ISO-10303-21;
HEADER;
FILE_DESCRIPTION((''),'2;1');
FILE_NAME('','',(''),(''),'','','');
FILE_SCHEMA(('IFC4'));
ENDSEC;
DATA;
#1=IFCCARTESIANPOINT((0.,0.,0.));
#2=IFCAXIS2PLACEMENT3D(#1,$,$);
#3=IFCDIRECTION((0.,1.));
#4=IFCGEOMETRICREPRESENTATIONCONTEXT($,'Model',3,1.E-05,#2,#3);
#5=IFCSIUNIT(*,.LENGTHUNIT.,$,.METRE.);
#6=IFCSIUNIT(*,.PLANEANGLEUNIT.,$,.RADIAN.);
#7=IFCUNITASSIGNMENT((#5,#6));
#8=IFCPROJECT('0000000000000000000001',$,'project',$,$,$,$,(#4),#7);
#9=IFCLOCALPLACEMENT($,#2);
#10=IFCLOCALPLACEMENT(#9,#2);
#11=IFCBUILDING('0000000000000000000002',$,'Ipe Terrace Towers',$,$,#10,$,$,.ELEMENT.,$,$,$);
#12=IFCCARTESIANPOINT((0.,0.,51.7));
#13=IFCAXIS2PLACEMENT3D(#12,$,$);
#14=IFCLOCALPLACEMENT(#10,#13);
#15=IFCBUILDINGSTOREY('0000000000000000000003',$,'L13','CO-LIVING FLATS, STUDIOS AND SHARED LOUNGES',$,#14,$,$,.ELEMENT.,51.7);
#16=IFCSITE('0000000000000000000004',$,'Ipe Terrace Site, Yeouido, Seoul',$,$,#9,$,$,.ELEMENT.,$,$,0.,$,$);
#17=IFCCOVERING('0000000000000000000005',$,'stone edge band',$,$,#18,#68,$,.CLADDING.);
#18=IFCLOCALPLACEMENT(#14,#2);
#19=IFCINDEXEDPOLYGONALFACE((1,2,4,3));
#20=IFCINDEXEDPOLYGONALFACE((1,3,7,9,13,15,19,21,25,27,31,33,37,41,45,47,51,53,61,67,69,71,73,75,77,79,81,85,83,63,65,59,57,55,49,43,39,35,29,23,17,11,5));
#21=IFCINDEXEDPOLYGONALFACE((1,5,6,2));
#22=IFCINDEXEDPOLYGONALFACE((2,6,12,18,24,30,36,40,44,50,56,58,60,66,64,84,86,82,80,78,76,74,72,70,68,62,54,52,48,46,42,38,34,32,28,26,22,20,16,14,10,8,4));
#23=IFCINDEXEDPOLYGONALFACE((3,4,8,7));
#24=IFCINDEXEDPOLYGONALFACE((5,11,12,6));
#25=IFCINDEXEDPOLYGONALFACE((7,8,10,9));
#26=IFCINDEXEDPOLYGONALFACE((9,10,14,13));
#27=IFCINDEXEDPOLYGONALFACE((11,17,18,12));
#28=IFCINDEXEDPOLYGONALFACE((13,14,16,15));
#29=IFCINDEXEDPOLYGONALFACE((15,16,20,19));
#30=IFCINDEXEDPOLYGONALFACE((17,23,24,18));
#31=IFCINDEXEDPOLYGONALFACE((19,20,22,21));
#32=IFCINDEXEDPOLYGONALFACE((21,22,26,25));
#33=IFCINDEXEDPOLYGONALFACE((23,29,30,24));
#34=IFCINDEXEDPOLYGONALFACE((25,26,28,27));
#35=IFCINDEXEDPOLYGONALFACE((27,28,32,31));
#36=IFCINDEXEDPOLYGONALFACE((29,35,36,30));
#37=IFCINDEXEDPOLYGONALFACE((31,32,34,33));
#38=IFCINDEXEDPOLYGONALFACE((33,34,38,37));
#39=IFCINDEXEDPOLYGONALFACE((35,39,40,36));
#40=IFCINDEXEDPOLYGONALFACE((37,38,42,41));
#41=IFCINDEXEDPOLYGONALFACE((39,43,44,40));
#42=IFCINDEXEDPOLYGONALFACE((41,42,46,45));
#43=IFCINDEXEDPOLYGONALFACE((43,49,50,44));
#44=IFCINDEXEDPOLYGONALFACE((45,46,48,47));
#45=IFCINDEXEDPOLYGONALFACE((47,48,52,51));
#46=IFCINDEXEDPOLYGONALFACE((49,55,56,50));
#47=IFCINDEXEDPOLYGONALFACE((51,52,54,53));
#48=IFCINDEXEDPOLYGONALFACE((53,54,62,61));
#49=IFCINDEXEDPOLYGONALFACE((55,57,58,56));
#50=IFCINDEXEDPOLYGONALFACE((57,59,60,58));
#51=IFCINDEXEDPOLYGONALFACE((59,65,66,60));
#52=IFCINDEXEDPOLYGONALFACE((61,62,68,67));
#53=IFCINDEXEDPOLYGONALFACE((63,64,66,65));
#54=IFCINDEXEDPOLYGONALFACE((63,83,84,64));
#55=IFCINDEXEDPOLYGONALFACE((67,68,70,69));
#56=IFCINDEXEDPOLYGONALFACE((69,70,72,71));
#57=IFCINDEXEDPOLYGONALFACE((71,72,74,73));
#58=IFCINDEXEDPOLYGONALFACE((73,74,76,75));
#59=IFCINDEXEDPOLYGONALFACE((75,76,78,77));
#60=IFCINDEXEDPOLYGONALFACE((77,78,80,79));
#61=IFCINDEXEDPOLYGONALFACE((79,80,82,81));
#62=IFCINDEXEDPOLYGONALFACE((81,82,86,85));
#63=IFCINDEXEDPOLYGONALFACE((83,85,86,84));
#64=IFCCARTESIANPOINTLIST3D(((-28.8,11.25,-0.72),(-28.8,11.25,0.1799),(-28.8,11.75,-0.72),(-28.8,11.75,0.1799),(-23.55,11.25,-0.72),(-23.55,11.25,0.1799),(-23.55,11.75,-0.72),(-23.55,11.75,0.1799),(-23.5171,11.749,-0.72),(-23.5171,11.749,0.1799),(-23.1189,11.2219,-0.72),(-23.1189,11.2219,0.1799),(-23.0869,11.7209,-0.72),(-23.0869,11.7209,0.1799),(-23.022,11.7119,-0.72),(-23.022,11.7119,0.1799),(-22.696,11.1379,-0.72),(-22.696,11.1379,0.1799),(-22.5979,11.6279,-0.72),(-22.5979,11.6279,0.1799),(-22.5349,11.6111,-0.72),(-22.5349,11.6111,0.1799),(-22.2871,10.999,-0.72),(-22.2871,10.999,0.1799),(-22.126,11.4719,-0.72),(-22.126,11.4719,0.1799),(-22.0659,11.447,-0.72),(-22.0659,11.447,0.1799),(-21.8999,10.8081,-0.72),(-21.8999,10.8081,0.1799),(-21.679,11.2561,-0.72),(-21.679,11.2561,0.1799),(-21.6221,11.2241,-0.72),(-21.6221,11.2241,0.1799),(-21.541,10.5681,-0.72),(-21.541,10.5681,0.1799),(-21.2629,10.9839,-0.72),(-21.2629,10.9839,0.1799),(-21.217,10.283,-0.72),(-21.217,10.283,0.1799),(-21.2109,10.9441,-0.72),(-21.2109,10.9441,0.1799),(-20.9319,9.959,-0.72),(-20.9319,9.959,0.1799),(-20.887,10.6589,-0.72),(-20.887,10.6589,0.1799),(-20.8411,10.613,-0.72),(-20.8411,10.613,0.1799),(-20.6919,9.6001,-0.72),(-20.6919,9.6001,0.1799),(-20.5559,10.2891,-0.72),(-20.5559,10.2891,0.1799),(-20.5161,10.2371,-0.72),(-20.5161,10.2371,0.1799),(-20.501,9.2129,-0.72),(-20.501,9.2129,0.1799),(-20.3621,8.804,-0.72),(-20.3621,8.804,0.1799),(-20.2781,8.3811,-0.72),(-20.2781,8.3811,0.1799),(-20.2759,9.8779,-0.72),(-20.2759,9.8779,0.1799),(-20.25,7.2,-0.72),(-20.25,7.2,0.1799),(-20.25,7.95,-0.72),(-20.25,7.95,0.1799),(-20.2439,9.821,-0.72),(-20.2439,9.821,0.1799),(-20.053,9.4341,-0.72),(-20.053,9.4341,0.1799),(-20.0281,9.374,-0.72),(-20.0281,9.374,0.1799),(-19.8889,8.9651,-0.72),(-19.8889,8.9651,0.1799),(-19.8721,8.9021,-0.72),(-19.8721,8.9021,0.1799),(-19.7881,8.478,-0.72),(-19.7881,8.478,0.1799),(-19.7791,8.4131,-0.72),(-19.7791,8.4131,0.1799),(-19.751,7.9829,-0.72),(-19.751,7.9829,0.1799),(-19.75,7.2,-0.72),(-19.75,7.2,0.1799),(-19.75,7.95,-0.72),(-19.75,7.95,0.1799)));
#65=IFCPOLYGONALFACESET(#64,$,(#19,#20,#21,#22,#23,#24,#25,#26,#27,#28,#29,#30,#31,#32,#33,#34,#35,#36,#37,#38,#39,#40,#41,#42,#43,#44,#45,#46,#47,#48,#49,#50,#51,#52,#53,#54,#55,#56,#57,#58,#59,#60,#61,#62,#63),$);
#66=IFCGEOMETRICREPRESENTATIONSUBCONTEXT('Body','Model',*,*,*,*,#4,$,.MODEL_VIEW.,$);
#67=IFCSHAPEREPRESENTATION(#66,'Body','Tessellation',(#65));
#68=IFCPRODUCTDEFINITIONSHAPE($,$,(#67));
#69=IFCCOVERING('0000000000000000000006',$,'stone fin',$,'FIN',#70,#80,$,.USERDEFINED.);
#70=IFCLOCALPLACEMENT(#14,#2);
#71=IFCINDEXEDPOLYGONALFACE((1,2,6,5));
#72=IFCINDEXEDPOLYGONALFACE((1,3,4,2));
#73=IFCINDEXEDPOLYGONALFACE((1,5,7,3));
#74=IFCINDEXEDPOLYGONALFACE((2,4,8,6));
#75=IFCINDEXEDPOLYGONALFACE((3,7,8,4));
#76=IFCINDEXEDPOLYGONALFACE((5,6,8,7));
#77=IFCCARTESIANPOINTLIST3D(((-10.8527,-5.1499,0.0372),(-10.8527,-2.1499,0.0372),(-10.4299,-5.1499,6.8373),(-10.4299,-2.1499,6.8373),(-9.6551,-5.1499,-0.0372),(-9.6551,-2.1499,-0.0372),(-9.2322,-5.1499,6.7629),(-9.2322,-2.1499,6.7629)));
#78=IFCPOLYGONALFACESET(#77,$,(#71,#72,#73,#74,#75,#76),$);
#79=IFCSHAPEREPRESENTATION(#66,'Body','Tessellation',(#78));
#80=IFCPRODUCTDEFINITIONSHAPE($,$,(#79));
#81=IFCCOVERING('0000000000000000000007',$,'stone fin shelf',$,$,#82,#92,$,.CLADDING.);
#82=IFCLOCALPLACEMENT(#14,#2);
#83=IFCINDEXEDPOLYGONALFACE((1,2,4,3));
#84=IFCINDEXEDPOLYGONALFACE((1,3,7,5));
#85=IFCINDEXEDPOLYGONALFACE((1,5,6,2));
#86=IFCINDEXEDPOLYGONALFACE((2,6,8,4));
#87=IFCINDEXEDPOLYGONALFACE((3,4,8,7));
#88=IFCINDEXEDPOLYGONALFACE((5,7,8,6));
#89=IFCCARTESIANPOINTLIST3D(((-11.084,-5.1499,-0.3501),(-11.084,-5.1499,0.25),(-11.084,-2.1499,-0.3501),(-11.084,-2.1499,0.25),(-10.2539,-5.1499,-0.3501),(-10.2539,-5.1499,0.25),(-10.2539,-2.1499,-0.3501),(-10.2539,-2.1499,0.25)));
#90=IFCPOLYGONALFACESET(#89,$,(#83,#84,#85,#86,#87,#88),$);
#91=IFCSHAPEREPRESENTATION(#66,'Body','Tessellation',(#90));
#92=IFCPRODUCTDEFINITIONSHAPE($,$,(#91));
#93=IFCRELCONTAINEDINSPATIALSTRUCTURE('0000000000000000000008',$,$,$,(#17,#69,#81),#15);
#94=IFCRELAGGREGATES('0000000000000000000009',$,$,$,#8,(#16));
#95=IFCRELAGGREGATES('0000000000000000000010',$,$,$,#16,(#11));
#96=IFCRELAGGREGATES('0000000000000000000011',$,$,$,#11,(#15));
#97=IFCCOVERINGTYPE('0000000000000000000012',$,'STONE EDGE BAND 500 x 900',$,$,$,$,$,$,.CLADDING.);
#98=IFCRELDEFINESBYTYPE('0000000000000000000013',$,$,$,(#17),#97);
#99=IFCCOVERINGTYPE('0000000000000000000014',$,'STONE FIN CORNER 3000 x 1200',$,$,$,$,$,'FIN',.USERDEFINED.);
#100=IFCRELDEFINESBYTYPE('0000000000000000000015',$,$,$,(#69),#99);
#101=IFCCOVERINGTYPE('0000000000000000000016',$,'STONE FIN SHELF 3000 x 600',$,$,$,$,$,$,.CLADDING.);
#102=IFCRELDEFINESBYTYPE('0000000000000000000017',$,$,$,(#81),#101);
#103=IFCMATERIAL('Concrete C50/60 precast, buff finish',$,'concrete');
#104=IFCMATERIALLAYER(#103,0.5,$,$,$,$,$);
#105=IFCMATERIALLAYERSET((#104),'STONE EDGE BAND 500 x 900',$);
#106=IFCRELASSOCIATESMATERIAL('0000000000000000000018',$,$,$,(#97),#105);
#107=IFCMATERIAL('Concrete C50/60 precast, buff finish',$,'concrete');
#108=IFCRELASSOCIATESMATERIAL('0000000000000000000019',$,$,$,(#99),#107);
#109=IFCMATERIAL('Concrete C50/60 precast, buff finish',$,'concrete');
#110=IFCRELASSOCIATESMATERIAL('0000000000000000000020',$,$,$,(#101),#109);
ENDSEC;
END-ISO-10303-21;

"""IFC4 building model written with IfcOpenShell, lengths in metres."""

from ifc_helpers import new_model, si_unit, direction, frame, origin, origin_2d, place, context, subcontext, project, spatial, polyline, rectangle, outline, extrude, material, layer, layer_set, material_profile, profile_set, type_object, element, save


model = new_model("IFC4")

# Units and contexts
model_context = context("Model", 3, precision=1e-05, world=origin(), true_north=direction((0.0, 1.0)))
body_context = subcontext(model_context, "Body", "Model", "MODEL_VIEW")
ifc_project = project(units=[si_unit("LENGTHUNIT", "METRE"), si_unit("PLANEANGLEUNIT", "RADIAN")], contexts=[model_context])

# Site, building, storey
site_placement = place(None, origin())
site = spatial("IfcSite", under=ifc_project, at=site_placement, Name="Ipe Terrace Site, Yeouido, Seoul", CompositionType="ELEMENT", RefElevation=0.0)
building_placement = place(site_placement, origin())
building = spatial("IfcBuilding", under=site, at=building_placement, Name="Ipe Terrace Towers", CompositionType="ELEMENT")
storey_placement = place(building_placement, frame((0.0, 0.0, 51.7)))
storey = spatial("IfcBuildingStorey", under=building, at=storey_placement, Name="L13", Description="CO-LIVING FLATS, STUDIOS AND SHARED LOUNGES", CompositionType="ELEMENT", Elevation=51.7)

# Coverings
ifc_material_1 = material(Name="Concrete C50/60 precast, buff finish", Category="concrete")
ifc_layer_1 = layer(ifc_material_1, 0.5)
ifc_layer_set_1 = layer_set([ifc_layer_1], Name="STONE EDGE BAND 500 x 900")
covering_type_1 = type_object("IfcCoveringType", Name="STONE EDGE BAND 500 x 900", PredefinedType="CLADDING", material=ifc_layer_set_1)
covering_1_placement = place(storey_placement, frame((0.0, 0.0, -0.72)))
element("IfcCovering", 1, at=covering_1_placement, inside=storey, type_object=covering_type_1, Name="stone edge band", PredefinedType="CLADDING", context=body_context, shape_type="SweptSolid", body=[
    extrude(outline(polyline([(-23.55, 11.75), (-28.8, 11.75), (-28.8, 11.25), (-23.55, 11.25), (-23.1189, 11.2219), (-22.696, 11.1379), (-22.2871, 10.999), (-21.8999, 10.8081), (-21.541, 10.5681), (-21.217, 10.283), (-20.9319, 9.959), (-20.6919, 9.6001), (-20.501, 9.2129), (-20.3621, 8.804), (-20.2781, 8.3811), (-20.25, 7.95), (-20.25, 7.2), (-19.75, 7.2), (-19.75, 7.95), (-19.751, 7.9829), (-19.7791, 8.4131), (-19.7881, 8.478), (-19.8721, 8.9021), (-19.8889, 8.9651), (-20.0281, 9.374), (-20.053, 9.4341), (-20.2439, 9.821), (-20.2759, 9.8779), (-20.5161, 10.2371), (-20.5559, 10.2891), (-20.8411, 10.613), (-20.887, 10.6589), (-21.2109, 10.9441), (-21.2629, 10.9839), (-21.6221, 11.2241), (-21.679, 11.2561), (-22.0659, 11.447), (-22.126, 11.4719), (-22.5349, 11.6111), (-22.5979, 11.6279), (-23.022, 11.7119), (-23.0869, 11.7209), (-23.5171, 11.749), (-23.55, 11.75)])), origin(), (0.0, 0.0, 1.0), 0.8999),
])
ifc_material_2 = material(Name="Concrete C50/60 precast, buff finish", Category="concrete")
ifc_material_profile_1 = material_profile(ifc_material_2, rectangle(XDim=3.0, YDim=1.2, at=origin_2d()), Name="STONE FIN CORNER 3000 x 1200")
ifc_profile_set_1 = profile_set([ifc_material_profile_1], Name="Concrete C50/60 precast, buff finish")
covering_type_2 = type_object("IfcCoveringType", Name="STONE FIN CORNER 3000 x 1200", ElementType="FIN", PredefinedType="USERDEFINED", material=ifc_profile_set_1)
covering_2_placement = place(storey_placement, frame((-10.2539, -3.6499, 0.0), z_axis=(0.062064, 0.0, 0.998072), x_axis=(0.0, 1.0, 0.0)))
element("IfcCovering", 2, at=covering_2_placement, inside=storey, type_object=covering_type_2, Name="stone fin", ObjectType="FIN", PredefinedType="USERDEFINED", context=body_context, shape_type="SweptSolid", body=[
    extrude(rectangle(XDim=3.0, YDim=1.2, at=origin_2d()), origin(), (0.0, 0.0, 1.0), 6.8132),
])
ifc_material_3 = material(Name="Concrete C50/60 precast, buff finish", Category="concrete")
covering_type_3 = type_object("IfcCoveringType", Name="STONE FIN SHELF 3000 x 600", PredefinedType="CLADDING", material=ifc_material_3)
covering_3_placement = place(storey_placement, frame((-10.6689, -3.6499, -0.3501), z_axis=(0.0, 0.0, 1.0), x_axis=(0.0, 1.0, 0.0)))
element("IfcCovering", 3, at=covering_3_placement, inside=storey, type_object=covering_type_3, Name="stone fin shelf", PredefinedType="CLADDING", context=body_context, shape_type="SweptSolid", body=[
    extrude(rectangle(XDim=3.0, YDim=0.8301, at=origin_2d()), origin(), (0.0, 0.0, 1.0), 0.6001),
])

save(model, "model.ifc")
